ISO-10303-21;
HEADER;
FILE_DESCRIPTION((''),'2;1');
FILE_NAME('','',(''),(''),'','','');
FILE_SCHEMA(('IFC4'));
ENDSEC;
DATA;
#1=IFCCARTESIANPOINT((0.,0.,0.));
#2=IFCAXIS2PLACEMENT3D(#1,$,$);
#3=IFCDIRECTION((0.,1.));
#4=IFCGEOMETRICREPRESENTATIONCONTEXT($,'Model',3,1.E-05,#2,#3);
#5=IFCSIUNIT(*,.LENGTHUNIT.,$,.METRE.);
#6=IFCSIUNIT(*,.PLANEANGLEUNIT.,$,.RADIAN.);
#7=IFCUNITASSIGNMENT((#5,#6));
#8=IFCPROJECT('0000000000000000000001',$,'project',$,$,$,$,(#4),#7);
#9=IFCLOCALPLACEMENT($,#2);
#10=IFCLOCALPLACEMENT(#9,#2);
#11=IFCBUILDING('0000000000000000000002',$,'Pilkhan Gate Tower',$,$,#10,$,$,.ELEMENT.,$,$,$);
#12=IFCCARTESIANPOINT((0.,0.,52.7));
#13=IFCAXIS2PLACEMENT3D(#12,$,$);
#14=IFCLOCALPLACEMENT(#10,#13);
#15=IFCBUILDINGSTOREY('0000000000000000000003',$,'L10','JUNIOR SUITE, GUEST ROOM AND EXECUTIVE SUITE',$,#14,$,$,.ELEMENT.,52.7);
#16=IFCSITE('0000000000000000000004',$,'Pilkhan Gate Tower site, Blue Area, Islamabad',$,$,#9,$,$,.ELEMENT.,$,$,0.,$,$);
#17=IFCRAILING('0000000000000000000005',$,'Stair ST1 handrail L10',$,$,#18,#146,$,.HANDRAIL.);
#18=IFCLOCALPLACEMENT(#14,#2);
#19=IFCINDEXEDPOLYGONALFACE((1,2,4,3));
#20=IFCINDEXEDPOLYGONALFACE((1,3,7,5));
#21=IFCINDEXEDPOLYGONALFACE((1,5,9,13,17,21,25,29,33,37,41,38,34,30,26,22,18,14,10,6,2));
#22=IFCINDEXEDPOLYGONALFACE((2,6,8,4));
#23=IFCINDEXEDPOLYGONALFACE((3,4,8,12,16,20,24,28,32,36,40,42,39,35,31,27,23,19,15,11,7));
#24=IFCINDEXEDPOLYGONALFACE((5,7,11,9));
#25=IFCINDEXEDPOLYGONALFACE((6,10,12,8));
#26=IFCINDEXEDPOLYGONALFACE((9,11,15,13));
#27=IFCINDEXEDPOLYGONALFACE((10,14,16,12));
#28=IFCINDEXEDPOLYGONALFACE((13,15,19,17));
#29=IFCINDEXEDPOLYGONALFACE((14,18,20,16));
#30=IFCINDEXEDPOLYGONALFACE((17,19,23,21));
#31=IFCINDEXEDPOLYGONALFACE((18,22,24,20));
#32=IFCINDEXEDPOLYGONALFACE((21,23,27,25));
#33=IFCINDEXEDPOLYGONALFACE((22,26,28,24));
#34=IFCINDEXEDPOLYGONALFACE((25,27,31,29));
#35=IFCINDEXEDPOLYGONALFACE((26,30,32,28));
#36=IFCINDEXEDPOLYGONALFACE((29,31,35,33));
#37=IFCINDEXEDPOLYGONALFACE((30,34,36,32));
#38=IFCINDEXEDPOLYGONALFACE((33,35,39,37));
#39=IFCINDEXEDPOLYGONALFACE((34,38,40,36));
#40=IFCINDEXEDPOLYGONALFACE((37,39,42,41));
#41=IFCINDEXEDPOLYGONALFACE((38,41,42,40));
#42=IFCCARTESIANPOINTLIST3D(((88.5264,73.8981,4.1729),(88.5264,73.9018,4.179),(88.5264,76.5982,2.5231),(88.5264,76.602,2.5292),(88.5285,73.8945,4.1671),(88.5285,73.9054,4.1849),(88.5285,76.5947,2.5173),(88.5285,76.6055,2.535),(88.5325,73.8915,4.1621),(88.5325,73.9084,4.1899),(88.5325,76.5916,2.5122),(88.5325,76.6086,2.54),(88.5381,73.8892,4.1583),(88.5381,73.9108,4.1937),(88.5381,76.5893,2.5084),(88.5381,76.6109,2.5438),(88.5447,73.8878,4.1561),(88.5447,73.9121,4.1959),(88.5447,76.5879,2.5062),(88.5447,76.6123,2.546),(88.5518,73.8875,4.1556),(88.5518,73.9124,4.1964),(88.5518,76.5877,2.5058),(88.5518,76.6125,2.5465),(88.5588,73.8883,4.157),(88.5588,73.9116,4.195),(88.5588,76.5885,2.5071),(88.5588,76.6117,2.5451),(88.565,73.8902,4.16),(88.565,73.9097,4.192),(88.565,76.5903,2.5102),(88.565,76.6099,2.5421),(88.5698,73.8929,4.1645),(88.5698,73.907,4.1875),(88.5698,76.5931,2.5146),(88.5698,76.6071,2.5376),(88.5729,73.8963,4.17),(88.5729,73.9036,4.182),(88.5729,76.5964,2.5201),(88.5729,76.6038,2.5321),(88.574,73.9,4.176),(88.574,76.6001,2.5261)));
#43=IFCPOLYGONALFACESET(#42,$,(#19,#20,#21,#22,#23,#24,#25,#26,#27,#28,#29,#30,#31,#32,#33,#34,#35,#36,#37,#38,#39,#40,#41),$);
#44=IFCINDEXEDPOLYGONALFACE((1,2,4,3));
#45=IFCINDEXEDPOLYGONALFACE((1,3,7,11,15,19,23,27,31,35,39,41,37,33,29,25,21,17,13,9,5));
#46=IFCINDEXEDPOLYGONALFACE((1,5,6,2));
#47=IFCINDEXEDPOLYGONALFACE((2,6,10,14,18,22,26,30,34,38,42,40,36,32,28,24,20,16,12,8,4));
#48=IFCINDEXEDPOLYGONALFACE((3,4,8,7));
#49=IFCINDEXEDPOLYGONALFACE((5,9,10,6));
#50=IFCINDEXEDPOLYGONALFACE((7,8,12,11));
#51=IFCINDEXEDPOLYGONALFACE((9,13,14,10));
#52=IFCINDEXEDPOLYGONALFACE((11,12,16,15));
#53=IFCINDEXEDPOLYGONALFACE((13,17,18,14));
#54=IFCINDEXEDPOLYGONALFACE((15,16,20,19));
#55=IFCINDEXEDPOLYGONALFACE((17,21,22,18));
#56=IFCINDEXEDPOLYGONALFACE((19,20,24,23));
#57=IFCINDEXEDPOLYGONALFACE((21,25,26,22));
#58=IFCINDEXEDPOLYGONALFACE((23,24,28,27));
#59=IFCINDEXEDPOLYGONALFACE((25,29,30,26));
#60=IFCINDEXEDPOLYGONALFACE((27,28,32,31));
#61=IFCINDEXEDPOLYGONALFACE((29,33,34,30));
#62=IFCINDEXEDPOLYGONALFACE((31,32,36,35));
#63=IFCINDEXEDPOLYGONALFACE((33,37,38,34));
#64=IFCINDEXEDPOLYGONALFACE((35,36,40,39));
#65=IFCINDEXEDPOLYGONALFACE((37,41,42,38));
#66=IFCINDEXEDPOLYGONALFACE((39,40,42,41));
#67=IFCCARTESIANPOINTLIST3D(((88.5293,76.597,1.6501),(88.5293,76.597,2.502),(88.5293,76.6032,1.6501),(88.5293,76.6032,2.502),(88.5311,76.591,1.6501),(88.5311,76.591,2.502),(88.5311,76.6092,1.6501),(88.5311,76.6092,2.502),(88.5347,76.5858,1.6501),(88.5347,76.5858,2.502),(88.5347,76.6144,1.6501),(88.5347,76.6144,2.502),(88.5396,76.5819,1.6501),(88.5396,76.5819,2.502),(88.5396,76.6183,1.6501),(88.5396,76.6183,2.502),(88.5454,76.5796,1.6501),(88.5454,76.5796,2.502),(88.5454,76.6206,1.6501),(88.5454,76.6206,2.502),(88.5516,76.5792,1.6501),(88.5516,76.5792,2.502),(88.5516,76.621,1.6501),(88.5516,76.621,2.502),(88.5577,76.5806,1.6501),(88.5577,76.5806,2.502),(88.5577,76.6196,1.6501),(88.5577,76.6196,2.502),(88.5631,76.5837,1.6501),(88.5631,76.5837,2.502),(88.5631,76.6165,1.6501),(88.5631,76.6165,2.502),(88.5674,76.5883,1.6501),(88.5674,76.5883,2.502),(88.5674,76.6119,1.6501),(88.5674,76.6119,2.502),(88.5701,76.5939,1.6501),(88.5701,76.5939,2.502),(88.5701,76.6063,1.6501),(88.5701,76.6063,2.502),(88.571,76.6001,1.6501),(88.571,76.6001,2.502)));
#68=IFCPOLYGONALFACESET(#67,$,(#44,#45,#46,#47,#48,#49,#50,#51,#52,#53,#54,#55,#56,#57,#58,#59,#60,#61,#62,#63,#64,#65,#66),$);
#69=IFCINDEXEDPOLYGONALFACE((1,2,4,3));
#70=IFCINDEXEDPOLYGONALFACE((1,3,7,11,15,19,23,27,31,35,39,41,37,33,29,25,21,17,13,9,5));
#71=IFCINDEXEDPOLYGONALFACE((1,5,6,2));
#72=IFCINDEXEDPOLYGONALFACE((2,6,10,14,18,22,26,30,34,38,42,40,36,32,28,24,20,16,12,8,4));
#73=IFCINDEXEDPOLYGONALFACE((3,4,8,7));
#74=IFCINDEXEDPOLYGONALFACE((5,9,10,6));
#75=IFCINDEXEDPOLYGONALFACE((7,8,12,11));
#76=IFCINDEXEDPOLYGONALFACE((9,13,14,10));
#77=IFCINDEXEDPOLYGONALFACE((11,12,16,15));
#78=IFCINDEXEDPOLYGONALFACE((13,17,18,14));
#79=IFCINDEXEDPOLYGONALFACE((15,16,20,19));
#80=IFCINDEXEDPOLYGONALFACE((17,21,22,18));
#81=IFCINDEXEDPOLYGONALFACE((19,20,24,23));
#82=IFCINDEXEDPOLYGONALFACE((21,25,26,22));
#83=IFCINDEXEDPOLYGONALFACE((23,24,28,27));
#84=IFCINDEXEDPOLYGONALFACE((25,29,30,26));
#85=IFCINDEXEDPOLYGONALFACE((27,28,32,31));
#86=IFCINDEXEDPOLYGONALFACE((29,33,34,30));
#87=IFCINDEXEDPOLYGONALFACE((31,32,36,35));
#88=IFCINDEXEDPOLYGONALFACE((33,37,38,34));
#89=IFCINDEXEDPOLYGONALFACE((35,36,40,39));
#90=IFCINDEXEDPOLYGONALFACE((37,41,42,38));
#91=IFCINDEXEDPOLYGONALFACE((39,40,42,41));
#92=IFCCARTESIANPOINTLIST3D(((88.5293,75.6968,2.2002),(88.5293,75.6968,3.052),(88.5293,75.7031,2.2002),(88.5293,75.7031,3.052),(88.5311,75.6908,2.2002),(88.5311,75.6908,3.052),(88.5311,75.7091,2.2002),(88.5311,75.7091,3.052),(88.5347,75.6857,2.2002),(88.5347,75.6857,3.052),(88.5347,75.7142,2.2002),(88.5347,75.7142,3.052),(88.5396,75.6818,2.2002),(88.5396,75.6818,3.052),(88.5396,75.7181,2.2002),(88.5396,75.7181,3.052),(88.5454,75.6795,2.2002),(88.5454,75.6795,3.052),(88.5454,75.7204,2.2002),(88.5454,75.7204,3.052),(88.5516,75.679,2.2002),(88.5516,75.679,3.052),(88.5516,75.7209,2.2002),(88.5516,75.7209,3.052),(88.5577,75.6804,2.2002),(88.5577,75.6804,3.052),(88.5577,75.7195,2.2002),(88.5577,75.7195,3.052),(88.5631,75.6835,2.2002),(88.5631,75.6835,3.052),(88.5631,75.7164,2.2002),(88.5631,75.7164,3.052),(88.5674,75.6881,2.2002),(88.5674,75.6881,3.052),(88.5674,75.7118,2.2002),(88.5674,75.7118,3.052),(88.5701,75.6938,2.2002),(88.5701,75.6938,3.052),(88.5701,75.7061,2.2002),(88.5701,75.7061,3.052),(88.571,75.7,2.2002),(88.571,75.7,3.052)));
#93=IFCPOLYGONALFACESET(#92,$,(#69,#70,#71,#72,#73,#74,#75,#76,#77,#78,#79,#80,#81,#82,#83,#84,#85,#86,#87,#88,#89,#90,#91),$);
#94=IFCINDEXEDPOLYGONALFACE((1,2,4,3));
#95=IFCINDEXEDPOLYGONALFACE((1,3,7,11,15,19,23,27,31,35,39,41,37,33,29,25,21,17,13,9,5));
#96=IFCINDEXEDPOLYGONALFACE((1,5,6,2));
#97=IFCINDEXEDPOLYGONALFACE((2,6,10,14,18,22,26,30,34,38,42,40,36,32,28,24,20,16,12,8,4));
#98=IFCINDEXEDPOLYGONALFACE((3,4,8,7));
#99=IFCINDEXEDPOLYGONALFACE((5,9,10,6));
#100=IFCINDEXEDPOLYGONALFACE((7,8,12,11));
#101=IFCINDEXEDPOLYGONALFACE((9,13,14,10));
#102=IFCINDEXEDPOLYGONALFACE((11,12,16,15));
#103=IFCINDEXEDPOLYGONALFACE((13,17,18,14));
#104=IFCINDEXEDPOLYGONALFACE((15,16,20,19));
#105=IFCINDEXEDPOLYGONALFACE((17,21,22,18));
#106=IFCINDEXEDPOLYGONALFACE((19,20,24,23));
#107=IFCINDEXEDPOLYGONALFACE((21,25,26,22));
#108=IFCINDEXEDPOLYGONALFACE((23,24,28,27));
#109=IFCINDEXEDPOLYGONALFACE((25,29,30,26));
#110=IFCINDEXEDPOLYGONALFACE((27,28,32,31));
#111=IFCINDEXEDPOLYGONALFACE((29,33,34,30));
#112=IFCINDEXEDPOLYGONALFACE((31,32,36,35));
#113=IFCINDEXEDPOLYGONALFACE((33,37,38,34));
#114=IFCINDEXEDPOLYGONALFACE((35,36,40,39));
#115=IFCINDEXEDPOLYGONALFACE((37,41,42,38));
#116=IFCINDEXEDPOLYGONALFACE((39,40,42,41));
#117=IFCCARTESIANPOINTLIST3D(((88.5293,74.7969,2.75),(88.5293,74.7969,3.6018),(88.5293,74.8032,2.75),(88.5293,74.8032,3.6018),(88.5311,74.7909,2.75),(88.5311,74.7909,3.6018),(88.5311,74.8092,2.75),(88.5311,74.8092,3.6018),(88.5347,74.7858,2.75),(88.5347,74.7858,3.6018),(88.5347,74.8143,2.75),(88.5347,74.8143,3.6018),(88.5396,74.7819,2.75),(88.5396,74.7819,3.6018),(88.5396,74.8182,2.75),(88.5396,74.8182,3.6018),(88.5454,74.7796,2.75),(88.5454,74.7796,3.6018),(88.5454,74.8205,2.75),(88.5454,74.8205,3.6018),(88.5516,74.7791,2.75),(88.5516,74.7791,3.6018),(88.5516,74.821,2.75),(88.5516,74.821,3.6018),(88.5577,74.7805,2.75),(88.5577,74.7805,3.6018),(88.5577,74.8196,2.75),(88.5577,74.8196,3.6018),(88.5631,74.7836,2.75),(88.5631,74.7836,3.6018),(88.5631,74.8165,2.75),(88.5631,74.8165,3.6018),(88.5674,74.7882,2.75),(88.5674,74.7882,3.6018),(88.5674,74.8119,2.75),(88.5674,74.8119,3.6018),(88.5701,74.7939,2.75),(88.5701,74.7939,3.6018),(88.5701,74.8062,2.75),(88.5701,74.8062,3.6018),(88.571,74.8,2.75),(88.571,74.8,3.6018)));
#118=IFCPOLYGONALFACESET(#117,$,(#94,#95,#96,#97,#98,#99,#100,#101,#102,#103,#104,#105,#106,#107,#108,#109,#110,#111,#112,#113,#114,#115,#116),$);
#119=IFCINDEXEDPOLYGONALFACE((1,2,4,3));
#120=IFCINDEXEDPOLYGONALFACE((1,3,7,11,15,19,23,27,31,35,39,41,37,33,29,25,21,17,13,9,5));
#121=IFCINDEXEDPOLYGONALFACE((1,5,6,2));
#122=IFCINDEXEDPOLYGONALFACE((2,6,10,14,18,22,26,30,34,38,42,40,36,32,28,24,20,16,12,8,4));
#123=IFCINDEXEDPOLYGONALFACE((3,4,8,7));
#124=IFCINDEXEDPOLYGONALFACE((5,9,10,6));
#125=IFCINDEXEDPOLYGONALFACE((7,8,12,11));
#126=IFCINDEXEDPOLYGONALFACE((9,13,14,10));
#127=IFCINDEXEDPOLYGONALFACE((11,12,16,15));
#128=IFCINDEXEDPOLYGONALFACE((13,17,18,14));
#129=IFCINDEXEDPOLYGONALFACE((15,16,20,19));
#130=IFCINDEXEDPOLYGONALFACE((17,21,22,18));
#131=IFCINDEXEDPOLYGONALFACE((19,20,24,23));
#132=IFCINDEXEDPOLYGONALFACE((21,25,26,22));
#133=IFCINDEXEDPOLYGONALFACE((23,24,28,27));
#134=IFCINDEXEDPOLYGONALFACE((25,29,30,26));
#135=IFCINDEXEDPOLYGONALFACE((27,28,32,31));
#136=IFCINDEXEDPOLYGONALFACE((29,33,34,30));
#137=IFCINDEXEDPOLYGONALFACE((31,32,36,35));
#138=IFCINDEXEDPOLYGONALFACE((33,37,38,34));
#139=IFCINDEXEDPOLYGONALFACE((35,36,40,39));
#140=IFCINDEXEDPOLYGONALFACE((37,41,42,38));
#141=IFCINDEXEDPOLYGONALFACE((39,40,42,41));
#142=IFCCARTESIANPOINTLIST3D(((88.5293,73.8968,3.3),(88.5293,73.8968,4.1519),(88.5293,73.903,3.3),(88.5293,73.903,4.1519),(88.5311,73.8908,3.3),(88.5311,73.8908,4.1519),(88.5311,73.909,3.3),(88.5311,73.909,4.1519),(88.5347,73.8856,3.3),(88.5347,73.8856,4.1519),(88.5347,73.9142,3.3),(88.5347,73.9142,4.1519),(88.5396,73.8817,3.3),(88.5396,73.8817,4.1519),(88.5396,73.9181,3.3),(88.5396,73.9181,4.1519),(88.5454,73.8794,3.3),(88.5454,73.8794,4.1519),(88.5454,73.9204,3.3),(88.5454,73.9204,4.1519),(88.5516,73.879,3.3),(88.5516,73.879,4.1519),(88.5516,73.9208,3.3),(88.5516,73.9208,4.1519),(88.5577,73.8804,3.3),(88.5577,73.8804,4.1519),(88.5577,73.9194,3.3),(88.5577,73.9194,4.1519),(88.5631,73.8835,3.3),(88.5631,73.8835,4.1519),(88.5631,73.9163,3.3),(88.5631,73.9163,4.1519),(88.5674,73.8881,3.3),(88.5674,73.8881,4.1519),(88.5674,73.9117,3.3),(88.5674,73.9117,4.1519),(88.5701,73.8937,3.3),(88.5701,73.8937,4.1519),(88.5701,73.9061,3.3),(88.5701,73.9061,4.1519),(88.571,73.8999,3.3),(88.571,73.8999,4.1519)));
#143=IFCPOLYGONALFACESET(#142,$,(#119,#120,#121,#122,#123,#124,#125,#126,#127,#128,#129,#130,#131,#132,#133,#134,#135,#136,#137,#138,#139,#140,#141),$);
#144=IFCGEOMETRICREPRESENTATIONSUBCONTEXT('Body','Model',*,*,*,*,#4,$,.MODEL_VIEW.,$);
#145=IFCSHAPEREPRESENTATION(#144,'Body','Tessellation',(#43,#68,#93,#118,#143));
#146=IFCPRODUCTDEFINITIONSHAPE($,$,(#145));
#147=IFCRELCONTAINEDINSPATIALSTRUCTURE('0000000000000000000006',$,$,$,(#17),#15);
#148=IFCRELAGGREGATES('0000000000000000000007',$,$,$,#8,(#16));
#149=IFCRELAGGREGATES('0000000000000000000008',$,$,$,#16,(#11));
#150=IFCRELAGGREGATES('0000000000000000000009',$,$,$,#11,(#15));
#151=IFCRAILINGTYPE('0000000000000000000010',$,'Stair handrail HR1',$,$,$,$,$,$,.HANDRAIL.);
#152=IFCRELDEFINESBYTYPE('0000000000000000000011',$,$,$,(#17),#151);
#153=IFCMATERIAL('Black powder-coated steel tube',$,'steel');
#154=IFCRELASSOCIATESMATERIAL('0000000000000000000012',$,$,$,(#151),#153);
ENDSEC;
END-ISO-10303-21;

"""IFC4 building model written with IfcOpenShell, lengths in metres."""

from ifc_helpers import new_model, si_unit, direction, frame, origin, origin_2d, place, context, subcontext, project, spatial, circle, extrude, material, type_object, element, save


model = new_model("IFC4")

# Units and contexts
model_context = context("Model", 3, precision=1e-05, world=origin(), true_north=direction((0.0, 1.0)))
body_context = subcontext(model_context, "Body", "Model", "MODEL_VIEW")
ifc_project = project(units=[si_unit("LENGTHUNIT", "METRE"), si_unit("PLANEANGLEUNIT", "RADIAN")], contexts=[model_context])

# Site, building, storey
site_placement = place(None, origin())
site = spatial("IfcSite", under=ifc_project, at=site_placement, Name="Pilkhan Gate Tower site, Blue Area, Islamabad", CompositionType="ELEMENT", RefElevation=0.0)
building_placement = place(site_placement, origin())
building = spatial("IfcBuilding", under=site, at=building_placement, Name="Pilkhan Gate Tower", CompositionType="ELEMENT")
storey_placement = place(building_placement, frame((0.0, 0.0, 52.7)))
storey = spatial("IfcBuildingStorey", under=building, at=storey_placement, Name="L10", Description="JUNIOR SUITE, GUEST ROOM AND EXECUTIVE SUITE", CompositionType="ELEMENT", Elevation=52.7)

# Railing
ifc_material_1 = material(Name="Black powder-coated steel tube", Category="steel")
railing_type_1 = type_object("IfcRailingType", Name="Stair handrail HR1", PredefinedType="HANDRAIL", material=ifc_material_1)
railing_1_placement = place(storey_placement, frame((88.55, 76.6001, 1.6501)))
element("IfcRailing", 1, at=railing_1_placement, inside=storey, type_object=railing_type_1, Name="Stair ST1 handrail L10", PredefinedType="HANDRAIL", context=body_context, shape_type="SweptSolid", body=[
    extrude(circle(Radius=0.0239, at=origin_2d()), frame((0.0, 0.0, 0.876), z_axis=(0.0, -0.853312, 0.5214), x_axis=(1.0, 0.0, 0.0)), (0.0, 0.0, 1.0), 3.1643),
    extrude(circle(Radius=0.021, at=origin_2d()), origin(), (0.0, 0.0, 1.0), 0.8518),
    extrude(circle(Radius=0.021, at=origin_2d()), frame((0.0, -0.9001, 0.55)), (0.0, 0.0, 1.0), 0.8518),
    extrude(circle(Radius=0.021, at=origin_2d()), frame((0.0, -1.8, 1.0999)), (0.0, 0.0, 1.0), 0.8518),
    extrude(circle(Radius=0.021, at=origin_2d()), frame((0.0, -2.7002, 1.6499)), (0.0, 0.0, 1.0), 0.8518),
])

save(model, "model.ifc")
